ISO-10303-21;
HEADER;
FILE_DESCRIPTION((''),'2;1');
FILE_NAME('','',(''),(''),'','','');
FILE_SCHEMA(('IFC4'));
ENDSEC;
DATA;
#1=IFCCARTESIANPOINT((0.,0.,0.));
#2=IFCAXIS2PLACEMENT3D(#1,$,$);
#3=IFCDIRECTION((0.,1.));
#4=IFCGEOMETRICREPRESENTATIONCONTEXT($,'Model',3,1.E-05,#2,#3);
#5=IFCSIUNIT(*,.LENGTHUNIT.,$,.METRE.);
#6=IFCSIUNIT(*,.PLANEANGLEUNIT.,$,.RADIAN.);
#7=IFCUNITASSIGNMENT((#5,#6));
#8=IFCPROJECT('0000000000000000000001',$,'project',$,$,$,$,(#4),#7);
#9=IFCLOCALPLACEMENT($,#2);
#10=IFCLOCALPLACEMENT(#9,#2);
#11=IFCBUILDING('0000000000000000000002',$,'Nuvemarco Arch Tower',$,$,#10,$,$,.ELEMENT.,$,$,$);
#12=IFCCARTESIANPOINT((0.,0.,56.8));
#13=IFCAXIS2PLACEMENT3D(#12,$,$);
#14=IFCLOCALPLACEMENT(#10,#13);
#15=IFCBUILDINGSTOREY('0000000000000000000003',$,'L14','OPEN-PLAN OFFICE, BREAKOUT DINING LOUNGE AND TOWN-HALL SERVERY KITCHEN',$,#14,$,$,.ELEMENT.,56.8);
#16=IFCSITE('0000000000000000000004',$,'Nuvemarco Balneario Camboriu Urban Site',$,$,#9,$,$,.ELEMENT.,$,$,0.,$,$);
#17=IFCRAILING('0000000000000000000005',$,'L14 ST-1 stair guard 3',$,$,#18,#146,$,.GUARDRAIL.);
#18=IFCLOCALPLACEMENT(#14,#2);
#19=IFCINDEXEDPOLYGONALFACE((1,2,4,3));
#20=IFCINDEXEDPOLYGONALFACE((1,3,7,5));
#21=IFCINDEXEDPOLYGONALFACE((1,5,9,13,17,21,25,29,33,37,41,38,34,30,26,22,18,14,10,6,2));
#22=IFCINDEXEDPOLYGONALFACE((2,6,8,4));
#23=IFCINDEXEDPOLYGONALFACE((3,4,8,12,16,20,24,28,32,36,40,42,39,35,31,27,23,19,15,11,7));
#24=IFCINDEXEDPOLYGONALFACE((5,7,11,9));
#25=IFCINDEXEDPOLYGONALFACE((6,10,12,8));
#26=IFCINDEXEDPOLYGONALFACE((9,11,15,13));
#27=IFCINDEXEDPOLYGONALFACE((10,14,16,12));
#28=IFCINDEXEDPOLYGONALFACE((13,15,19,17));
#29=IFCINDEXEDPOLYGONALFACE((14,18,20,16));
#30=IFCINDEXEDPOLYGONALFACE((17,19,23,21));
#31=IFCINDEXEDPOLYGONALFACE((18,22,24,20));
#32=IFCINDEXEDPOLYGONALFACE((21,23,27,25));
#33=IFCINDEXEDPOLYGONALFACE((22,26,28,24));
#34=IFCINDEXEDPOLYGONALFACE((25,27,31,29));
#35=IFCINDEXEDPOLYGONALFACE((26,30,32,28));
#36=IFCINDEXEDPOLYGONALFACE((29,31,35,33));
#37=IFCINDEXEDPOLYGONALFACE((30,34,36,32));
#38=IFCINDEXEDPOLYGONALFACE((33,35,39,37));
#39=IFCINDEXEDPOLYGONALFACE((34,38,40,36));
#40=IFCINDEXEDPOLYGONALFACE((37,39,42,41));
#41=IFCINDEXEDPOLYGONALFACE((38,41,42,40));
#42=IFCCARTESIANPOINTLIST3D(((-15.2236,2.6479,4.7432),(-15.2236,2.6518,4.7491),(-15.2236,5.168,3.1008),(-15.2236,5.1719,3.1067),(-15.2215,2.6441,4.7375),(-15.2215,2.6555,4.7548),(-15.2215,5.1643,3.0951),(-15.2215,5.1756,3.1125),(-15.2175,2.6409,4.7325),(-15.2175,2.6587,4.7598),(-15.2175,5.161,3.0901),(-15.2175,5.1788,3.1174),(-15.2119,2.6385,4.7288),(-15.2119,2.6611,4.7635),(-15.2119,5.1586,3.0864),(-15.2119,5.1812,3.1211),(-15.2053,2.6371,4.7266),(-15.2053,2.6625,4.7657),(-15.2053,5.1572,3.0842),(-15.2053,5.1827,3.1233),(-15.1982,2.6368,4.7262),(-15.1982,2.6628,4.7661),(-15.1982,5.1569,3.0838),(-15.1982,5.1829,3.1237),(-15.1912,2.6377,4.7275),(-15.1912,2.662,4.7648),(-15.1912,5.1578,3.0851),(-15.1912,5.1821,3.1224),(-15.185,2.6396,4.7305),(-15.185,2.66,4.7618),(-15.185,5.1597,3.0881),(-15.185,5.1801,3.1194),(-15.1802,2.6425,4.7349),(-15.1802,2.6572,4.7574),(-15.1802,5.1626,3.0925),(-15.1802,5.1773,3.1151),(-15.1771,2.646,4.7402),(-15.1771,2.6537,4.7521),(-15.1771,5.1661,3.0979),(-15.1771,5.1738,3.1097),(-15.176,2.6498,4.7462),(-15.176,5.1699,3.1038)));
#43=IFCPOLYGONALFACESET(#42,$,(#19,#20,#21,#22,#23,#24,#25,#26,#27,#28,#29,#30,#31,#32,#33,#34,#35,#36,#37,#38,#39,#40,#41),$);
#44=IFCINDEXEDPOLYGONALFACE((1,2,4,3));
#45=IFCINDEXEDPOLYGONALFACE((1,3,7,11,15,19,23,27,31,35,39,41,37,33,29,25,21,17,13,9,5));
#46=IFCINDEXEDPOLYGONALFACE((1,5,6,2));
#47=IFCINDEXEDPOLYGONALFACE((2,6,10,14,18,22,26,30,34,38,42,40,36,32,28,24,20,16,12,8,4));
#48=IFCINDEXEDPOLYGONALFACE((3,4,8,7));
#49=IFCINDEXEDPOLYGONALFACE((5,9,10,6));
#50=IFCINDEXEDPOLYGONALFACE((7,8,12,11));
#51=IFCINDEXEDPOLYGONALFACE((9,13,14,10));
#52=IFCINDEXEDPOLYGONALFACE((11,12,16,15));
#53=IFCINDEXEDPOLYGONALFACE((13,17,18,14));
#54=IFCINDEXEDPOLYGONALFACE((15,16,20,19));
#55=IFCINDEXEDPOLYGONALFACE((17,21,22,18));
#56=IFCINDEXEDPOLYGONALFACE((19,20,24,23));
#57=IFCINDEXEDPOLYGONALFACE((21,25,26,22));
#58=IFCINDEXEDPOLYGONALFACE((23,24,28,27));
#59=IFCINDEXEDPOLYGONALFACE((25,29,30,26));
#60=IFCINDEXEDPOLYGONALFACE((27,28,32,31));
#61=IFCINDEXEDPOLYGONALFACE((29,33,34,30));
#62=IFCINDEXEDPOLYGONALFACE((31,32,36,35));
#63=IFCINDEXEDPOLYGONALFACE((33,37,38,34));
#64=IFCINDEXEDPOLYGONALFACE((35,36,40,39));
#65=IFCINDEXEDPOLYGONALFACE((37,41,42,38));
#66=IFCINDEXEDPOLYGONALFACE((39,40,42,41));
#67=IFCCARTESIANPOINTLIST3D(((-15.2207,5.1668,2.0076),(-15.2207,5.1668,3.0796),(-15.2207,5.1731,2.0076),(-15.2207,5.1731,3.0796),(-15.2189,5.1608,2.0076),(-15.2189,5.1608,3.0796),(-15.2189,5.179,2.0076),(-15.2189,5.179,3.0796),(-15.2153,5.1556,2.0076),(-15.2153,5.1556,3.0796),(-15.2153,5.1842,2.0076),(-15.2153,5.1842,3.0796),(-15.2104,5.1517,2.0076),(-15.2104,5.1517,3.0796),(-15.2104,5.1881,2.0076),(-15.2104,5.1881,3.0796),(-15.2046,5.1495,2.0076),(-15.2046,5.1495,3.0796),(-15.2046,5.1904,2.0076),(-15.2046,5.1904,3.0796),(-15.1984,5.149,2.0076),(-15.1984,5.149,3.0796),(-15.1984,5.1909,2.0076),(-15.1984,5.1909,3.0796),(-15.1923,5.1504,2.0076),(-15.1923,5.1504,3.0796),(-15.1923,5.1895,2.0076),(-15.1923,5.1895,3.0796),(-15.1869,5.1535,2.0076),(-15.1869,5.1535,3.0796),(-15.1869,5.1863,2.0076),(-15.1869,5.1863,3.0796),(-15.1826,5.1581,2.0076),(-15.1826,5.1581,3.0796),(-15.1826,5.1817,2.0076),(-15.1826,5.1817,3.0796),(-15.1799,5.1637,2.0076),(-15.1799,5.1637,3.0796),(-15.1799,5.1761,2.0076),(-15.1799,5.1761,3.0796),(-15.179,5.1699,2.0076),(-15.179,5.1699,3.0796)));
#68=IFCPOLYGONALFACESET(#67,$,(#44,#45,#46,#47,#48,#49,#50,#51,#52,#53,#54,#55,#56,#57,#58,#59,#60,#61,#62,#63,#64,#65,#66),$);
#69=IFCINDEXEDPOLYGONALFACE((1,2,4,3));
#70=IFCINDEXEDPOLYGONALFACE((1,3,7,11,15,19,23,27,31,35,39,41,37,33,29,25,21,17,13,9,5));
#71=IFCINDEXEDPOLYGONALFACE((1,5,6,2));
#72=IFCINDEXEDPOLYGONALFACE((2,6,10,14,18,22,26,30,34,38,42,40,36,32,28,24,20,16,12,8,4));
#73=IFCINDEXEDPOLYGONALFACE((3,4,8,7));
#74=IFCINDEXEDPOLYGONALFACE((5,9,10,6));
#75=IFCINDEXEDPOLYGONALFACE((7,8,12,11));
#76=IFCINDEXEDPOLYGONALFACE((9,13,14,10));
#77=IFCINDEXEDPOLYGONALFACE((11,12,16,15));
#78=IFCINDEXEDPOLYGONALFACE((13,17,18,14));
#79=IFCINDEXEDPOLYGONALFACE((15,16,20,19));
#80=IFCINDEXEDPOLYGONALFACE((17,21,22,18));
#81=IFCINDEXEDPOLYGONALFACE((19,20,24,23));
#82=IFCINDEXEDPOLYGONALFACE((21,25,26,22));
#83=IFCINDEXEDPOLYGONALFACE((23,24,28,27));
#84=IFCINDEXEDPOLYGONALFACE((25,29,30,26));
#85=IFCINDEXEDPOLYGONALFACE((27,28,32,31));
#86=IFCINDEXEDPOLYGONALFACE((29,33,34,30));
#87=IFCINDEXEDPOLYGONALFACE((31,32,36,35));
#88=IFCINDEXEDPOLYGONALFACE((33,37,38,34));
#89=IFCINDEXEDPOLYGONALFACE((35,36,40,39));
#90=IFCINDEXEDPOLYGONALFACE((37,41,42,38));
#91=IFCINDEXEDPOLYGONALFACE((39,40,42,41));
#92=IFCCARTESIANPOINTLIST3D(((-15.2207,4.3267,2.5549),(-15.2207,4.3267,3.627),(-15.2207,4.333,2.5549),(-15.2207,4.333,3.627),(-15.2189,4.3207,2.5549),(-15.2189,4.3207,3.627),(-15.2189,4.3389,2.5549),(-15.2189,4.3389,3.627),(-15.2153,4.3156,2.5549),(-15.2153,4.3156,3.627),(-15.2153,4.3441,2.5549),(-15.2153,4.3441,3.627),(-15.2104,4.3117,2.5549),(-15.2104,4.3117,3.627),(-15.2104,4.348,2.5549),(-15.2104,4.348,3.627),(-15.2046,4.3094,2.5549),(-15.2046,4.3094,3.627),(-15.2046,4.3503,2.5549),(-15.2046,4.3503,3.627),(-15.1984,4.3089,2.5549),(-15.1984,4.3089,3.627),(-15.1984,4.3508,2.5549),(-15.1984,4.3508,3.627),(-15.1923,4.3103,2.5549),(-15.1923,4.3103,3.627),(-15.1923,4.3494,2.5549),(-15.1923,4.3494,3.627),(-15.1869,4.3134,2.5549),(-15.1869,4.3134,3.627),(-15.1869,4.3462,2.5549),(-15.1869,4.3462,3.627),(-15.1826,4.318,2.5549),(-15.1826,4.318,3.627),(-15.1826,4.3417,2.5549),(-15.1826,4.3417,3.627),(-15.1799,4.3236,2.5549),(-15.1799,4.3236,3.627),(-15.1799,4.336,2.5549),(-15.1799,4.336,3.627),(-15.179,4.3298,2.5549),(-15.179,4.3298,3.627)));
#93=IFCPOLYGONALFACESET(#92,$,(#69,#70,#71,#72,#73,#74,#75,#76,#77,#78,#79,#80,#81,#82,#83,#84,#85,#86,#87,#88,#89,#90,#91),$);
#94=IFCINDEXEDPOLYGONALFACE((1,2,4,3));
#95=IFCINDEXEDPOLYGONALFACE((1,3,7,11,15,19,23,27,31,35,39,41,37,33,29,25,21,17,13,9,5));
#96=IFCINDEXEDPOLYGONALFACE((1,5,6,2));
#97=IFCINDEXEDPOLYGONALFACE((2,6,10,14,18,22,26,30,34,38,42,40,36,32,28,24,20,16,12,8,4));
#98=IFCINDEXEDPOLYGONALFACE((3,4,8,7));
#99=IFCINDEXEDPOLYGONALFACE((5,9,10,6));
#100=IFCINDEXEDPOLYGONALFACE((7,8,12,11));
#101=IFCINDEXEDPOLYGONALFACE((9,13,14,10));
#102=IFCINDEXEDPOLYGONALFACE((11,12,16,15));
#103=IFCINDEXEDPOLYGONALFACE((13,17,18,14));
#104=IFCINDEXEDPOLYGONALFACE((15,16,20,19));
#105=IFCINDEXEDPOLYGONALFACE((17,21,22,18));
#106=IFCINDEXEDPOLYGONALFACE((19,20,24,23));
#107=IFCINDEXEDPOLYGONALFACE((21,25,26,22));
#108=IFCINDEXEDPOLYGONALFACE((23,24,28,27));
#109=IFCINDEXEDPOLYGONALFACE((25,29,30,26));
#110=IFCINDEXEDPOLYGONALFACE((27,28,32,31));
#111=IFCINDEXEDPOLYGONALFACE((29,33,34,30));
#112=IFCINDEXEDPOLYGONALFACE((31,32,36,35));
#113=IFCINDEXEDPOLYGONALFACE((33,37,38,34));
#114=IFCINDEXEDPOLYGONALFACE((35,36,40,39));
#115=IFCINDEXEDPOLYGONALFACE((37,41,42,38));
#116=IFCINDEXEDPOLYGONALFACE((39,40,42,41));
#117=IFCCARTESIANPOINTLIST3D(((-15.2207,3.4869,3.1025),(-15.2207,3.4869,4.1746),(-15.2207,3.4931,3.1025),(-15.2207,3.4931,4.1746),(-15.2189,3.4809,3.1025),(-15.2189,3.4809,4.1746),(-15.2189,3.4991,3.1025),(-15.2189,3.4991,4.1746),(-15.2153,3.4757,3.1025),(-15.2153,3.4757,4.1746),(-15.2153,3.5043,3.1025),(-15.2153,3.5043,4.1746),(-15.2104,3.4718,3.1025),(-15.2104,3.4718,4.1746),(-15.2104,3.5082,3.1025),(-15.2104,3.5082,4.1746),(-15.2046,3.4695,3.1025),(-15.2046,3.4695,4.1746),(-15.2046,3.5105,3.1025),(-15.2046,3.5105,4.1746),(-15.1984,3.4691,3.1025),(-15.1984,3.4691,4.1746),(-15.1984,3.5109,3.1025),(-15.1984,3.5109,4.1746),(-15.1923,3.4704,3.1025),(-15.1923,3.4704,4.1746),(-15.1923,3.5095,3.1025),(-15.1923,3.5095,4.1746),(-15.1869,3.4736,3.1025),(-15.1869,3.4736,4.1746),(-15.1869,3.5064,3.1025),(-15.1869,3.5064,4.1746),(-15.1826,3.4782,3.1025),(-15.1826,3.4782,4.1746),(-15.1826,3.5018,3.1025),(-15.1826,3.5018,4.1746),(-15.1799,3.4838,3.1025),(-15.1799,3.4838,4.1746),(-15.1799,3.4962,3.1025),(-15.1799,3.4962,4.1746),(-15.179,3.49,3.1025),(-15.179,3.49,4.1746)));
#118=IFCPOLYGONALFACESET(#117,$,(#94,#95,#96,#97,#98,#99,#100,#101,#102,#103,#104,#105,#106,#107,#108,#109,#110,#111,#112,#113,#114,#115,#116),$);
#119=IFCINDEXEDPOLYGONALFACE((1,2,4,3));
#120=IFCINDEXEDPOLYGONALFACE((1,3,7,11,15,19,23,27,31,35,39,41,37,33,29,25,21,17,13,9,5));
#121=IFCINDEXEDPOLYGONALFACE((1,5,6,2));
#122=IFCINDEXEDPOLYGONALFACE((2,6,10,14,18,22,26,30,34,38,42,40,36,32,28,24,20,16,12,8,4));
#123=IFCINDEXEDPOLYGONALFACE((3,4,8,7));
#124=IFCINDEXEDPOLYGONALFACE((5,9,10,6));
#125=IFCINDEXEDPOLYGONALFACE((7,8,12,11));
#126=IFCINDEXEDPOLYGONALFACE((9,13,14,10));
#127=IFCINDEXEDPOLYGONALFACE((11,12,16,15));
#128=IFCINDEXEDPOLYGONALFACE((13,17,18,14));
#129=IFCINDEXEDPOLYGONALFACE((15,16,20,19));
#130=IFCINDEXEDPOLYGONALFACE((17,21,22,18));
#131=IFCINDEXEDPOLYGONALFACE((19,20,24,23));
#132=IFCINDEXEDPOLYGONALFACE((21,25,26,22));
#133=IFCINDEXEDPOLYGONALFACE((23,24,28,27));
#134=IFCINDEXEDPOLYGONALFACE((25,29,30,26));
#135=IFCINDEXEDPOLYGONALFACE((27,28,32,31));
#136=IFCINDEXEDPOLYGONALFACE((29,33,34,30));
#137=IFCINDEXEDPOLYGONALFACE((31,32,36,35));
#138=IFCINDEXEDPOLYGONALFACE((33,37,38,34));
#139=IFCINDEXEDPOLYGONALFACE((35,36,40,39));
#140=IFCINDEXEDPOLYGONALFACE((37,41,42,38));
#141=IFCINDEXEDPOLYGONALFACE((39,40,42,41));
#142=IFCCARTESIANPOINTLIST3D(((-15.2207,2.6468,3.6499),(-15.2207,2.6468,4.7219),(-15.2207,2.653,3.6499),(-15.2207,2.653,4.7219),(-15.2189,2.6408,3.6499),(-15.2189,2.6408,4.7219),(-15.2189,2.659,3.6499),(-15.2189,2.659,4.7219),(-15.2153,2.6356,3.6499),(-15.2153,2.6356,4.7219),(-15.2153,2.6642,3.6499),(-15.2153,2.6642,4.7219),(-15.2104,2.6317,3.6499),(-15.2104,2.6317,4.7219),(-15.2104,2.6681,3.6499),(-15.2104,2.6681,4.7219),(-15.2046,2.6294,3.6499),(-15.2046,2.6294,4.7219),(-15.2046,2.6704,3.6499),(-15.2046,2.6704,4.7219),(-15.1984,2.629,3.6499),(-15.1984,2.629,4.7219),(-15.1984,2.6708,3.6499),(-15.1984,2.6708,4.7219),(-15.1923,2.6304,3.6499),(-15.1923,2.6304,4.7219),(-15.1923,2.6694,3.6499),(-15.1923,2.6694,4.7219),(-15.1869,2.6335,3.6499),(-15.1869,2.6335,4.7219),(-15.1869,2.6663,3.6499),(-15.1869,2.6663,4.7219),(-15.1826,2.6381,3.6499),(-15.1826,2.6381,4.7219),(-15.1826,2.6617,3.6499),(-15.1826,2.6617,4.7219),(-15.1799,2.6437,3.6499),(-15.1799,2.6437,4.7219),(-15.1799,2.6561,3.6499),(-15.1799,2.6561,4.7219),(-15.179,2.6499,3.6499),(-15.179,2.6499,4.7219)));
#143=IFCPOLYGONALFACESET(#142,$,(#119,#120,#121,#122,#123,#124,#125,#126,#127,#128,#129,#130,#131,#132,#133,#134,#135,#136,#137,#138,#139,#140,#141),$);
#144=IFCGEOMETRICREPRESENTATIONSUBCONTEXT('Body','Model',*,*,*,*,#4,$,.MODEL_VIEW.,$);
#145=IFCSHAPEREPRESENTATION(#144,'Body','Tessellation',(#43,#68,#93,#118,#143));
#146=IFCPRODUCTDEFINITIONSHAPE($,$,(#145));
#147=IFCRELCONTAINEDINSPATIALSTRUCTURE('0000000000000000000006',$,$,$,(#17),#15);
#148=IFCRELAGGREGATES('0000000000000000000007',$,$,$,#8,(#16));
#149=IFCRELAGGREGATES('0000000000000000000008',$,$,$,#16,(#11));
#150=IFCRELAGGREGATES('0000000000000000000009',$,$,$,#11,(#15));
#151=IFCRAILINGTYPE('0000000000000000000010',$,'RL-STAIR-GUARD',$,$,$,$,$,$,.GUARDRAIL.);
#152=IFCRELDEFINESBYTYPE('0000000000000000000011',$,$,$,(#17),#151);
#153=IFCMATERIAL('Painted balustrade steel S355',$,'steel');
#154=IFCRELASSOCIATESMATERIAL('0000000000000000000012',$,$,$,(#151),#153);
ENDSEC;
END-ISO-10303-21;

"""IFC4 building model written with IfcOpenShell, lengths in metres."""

from ifc_helpers import new_model, si_unit, direction, frame, origin, origin_2d, place, context, subcontext, project, spatial, circle, extrude, material, type_object, element, save


model = new_model("IFC4")

# Units and contexts
model_context = context("Model", 3, precision=1e-05, world=origin(), true_north=direction((0.0, 1.0)))
body_context = subcontext(model_context, "Body", "Model", "MODEL_VIEW")
ifc_project = project(units=[si_unit("LENGTHUNIT", "METRE"), si_unit("PLANEANGLEUNIT", "RADIAN")], contexts=[model_context])

# Site, building, storey
site_placement = place(None, origin())
site = spatial("IfcSite", under=ifc_project, at=site_placement, Name="Nuvemarco Balneario Camboriu Urban Site", CompositionType="ELEMENT", RefElevation=0.0)
building_placement = place(site_placement, origin())
building = spatial("IfcBuilding", under=site, at=building_placement, Name="Nuvemarco Arch Tower", CompositionType="ELEMENT")
storey_placement = place(building_placement, frame((0.0, 0.0, 56.8)))
storey = spatial("IfcBuildingStorey", under=building, at=storey_placement, Name="L14", Description="OPEN-PLAN OFFICE, BREAKOUT DINING LOUNGE AND TOWN-HALL SERVERY KITCHEN", CompositionType="ELEMENT", Elevation=56.8)

# Railing
ifc_material_1 = material(Name="Painted balustrade steel S355", Category="steel")
railing_type_1 = type_object("IfcRailingType", Name="RL-STAIR-GUARD", PredefinedType="GUARDRAIL", material=ifc_material_1)
railing_1_placement = place(storey_placement, frame((-15.2, 5.1699, 2.0076)))
element("IfcRailing", 1, at=railing_1_placement, inside=storey, type_object=railing_type_1, Name="L14 ST-1 stair guard 3", PredefinedType="GUARDRAIL", context=body_context, shape_type="SweptSolid", body=[
    extrude(circle(Radius=0.0239, at=origin_2d()), frame((0.0, 0.0, 1.0962), z_axis=(0.0, -0.837787, 0.545998), x_axis=(1.0, 0.0, 0.0)), (0.0, 0.0, 1.0), 3.0081),
    extrude(circle(Radius=0.021, at=origin_2d()), origin(), (0.0, 0.0, 1.0), 1.072),
    extrude(circle(Radius=0.021, at=origin_2d()), frame((0.0, -0.8401, 0.5474)), (0.0, 0.0, 1.0), 1.072),
    extrude(circle(Radius=0.021, at=origin_2d()), frame((0.0, -1.6799, 1.095)), (0.0, 0.0, 1.0), 1.072),
    extrude(circle(Radius=0.021, at=origin_2d()), frame((0.0, -2.52, 1.6423)), (0.0, 0.0, 1.0), 1.072),
])

save(model, "model.ifc")
